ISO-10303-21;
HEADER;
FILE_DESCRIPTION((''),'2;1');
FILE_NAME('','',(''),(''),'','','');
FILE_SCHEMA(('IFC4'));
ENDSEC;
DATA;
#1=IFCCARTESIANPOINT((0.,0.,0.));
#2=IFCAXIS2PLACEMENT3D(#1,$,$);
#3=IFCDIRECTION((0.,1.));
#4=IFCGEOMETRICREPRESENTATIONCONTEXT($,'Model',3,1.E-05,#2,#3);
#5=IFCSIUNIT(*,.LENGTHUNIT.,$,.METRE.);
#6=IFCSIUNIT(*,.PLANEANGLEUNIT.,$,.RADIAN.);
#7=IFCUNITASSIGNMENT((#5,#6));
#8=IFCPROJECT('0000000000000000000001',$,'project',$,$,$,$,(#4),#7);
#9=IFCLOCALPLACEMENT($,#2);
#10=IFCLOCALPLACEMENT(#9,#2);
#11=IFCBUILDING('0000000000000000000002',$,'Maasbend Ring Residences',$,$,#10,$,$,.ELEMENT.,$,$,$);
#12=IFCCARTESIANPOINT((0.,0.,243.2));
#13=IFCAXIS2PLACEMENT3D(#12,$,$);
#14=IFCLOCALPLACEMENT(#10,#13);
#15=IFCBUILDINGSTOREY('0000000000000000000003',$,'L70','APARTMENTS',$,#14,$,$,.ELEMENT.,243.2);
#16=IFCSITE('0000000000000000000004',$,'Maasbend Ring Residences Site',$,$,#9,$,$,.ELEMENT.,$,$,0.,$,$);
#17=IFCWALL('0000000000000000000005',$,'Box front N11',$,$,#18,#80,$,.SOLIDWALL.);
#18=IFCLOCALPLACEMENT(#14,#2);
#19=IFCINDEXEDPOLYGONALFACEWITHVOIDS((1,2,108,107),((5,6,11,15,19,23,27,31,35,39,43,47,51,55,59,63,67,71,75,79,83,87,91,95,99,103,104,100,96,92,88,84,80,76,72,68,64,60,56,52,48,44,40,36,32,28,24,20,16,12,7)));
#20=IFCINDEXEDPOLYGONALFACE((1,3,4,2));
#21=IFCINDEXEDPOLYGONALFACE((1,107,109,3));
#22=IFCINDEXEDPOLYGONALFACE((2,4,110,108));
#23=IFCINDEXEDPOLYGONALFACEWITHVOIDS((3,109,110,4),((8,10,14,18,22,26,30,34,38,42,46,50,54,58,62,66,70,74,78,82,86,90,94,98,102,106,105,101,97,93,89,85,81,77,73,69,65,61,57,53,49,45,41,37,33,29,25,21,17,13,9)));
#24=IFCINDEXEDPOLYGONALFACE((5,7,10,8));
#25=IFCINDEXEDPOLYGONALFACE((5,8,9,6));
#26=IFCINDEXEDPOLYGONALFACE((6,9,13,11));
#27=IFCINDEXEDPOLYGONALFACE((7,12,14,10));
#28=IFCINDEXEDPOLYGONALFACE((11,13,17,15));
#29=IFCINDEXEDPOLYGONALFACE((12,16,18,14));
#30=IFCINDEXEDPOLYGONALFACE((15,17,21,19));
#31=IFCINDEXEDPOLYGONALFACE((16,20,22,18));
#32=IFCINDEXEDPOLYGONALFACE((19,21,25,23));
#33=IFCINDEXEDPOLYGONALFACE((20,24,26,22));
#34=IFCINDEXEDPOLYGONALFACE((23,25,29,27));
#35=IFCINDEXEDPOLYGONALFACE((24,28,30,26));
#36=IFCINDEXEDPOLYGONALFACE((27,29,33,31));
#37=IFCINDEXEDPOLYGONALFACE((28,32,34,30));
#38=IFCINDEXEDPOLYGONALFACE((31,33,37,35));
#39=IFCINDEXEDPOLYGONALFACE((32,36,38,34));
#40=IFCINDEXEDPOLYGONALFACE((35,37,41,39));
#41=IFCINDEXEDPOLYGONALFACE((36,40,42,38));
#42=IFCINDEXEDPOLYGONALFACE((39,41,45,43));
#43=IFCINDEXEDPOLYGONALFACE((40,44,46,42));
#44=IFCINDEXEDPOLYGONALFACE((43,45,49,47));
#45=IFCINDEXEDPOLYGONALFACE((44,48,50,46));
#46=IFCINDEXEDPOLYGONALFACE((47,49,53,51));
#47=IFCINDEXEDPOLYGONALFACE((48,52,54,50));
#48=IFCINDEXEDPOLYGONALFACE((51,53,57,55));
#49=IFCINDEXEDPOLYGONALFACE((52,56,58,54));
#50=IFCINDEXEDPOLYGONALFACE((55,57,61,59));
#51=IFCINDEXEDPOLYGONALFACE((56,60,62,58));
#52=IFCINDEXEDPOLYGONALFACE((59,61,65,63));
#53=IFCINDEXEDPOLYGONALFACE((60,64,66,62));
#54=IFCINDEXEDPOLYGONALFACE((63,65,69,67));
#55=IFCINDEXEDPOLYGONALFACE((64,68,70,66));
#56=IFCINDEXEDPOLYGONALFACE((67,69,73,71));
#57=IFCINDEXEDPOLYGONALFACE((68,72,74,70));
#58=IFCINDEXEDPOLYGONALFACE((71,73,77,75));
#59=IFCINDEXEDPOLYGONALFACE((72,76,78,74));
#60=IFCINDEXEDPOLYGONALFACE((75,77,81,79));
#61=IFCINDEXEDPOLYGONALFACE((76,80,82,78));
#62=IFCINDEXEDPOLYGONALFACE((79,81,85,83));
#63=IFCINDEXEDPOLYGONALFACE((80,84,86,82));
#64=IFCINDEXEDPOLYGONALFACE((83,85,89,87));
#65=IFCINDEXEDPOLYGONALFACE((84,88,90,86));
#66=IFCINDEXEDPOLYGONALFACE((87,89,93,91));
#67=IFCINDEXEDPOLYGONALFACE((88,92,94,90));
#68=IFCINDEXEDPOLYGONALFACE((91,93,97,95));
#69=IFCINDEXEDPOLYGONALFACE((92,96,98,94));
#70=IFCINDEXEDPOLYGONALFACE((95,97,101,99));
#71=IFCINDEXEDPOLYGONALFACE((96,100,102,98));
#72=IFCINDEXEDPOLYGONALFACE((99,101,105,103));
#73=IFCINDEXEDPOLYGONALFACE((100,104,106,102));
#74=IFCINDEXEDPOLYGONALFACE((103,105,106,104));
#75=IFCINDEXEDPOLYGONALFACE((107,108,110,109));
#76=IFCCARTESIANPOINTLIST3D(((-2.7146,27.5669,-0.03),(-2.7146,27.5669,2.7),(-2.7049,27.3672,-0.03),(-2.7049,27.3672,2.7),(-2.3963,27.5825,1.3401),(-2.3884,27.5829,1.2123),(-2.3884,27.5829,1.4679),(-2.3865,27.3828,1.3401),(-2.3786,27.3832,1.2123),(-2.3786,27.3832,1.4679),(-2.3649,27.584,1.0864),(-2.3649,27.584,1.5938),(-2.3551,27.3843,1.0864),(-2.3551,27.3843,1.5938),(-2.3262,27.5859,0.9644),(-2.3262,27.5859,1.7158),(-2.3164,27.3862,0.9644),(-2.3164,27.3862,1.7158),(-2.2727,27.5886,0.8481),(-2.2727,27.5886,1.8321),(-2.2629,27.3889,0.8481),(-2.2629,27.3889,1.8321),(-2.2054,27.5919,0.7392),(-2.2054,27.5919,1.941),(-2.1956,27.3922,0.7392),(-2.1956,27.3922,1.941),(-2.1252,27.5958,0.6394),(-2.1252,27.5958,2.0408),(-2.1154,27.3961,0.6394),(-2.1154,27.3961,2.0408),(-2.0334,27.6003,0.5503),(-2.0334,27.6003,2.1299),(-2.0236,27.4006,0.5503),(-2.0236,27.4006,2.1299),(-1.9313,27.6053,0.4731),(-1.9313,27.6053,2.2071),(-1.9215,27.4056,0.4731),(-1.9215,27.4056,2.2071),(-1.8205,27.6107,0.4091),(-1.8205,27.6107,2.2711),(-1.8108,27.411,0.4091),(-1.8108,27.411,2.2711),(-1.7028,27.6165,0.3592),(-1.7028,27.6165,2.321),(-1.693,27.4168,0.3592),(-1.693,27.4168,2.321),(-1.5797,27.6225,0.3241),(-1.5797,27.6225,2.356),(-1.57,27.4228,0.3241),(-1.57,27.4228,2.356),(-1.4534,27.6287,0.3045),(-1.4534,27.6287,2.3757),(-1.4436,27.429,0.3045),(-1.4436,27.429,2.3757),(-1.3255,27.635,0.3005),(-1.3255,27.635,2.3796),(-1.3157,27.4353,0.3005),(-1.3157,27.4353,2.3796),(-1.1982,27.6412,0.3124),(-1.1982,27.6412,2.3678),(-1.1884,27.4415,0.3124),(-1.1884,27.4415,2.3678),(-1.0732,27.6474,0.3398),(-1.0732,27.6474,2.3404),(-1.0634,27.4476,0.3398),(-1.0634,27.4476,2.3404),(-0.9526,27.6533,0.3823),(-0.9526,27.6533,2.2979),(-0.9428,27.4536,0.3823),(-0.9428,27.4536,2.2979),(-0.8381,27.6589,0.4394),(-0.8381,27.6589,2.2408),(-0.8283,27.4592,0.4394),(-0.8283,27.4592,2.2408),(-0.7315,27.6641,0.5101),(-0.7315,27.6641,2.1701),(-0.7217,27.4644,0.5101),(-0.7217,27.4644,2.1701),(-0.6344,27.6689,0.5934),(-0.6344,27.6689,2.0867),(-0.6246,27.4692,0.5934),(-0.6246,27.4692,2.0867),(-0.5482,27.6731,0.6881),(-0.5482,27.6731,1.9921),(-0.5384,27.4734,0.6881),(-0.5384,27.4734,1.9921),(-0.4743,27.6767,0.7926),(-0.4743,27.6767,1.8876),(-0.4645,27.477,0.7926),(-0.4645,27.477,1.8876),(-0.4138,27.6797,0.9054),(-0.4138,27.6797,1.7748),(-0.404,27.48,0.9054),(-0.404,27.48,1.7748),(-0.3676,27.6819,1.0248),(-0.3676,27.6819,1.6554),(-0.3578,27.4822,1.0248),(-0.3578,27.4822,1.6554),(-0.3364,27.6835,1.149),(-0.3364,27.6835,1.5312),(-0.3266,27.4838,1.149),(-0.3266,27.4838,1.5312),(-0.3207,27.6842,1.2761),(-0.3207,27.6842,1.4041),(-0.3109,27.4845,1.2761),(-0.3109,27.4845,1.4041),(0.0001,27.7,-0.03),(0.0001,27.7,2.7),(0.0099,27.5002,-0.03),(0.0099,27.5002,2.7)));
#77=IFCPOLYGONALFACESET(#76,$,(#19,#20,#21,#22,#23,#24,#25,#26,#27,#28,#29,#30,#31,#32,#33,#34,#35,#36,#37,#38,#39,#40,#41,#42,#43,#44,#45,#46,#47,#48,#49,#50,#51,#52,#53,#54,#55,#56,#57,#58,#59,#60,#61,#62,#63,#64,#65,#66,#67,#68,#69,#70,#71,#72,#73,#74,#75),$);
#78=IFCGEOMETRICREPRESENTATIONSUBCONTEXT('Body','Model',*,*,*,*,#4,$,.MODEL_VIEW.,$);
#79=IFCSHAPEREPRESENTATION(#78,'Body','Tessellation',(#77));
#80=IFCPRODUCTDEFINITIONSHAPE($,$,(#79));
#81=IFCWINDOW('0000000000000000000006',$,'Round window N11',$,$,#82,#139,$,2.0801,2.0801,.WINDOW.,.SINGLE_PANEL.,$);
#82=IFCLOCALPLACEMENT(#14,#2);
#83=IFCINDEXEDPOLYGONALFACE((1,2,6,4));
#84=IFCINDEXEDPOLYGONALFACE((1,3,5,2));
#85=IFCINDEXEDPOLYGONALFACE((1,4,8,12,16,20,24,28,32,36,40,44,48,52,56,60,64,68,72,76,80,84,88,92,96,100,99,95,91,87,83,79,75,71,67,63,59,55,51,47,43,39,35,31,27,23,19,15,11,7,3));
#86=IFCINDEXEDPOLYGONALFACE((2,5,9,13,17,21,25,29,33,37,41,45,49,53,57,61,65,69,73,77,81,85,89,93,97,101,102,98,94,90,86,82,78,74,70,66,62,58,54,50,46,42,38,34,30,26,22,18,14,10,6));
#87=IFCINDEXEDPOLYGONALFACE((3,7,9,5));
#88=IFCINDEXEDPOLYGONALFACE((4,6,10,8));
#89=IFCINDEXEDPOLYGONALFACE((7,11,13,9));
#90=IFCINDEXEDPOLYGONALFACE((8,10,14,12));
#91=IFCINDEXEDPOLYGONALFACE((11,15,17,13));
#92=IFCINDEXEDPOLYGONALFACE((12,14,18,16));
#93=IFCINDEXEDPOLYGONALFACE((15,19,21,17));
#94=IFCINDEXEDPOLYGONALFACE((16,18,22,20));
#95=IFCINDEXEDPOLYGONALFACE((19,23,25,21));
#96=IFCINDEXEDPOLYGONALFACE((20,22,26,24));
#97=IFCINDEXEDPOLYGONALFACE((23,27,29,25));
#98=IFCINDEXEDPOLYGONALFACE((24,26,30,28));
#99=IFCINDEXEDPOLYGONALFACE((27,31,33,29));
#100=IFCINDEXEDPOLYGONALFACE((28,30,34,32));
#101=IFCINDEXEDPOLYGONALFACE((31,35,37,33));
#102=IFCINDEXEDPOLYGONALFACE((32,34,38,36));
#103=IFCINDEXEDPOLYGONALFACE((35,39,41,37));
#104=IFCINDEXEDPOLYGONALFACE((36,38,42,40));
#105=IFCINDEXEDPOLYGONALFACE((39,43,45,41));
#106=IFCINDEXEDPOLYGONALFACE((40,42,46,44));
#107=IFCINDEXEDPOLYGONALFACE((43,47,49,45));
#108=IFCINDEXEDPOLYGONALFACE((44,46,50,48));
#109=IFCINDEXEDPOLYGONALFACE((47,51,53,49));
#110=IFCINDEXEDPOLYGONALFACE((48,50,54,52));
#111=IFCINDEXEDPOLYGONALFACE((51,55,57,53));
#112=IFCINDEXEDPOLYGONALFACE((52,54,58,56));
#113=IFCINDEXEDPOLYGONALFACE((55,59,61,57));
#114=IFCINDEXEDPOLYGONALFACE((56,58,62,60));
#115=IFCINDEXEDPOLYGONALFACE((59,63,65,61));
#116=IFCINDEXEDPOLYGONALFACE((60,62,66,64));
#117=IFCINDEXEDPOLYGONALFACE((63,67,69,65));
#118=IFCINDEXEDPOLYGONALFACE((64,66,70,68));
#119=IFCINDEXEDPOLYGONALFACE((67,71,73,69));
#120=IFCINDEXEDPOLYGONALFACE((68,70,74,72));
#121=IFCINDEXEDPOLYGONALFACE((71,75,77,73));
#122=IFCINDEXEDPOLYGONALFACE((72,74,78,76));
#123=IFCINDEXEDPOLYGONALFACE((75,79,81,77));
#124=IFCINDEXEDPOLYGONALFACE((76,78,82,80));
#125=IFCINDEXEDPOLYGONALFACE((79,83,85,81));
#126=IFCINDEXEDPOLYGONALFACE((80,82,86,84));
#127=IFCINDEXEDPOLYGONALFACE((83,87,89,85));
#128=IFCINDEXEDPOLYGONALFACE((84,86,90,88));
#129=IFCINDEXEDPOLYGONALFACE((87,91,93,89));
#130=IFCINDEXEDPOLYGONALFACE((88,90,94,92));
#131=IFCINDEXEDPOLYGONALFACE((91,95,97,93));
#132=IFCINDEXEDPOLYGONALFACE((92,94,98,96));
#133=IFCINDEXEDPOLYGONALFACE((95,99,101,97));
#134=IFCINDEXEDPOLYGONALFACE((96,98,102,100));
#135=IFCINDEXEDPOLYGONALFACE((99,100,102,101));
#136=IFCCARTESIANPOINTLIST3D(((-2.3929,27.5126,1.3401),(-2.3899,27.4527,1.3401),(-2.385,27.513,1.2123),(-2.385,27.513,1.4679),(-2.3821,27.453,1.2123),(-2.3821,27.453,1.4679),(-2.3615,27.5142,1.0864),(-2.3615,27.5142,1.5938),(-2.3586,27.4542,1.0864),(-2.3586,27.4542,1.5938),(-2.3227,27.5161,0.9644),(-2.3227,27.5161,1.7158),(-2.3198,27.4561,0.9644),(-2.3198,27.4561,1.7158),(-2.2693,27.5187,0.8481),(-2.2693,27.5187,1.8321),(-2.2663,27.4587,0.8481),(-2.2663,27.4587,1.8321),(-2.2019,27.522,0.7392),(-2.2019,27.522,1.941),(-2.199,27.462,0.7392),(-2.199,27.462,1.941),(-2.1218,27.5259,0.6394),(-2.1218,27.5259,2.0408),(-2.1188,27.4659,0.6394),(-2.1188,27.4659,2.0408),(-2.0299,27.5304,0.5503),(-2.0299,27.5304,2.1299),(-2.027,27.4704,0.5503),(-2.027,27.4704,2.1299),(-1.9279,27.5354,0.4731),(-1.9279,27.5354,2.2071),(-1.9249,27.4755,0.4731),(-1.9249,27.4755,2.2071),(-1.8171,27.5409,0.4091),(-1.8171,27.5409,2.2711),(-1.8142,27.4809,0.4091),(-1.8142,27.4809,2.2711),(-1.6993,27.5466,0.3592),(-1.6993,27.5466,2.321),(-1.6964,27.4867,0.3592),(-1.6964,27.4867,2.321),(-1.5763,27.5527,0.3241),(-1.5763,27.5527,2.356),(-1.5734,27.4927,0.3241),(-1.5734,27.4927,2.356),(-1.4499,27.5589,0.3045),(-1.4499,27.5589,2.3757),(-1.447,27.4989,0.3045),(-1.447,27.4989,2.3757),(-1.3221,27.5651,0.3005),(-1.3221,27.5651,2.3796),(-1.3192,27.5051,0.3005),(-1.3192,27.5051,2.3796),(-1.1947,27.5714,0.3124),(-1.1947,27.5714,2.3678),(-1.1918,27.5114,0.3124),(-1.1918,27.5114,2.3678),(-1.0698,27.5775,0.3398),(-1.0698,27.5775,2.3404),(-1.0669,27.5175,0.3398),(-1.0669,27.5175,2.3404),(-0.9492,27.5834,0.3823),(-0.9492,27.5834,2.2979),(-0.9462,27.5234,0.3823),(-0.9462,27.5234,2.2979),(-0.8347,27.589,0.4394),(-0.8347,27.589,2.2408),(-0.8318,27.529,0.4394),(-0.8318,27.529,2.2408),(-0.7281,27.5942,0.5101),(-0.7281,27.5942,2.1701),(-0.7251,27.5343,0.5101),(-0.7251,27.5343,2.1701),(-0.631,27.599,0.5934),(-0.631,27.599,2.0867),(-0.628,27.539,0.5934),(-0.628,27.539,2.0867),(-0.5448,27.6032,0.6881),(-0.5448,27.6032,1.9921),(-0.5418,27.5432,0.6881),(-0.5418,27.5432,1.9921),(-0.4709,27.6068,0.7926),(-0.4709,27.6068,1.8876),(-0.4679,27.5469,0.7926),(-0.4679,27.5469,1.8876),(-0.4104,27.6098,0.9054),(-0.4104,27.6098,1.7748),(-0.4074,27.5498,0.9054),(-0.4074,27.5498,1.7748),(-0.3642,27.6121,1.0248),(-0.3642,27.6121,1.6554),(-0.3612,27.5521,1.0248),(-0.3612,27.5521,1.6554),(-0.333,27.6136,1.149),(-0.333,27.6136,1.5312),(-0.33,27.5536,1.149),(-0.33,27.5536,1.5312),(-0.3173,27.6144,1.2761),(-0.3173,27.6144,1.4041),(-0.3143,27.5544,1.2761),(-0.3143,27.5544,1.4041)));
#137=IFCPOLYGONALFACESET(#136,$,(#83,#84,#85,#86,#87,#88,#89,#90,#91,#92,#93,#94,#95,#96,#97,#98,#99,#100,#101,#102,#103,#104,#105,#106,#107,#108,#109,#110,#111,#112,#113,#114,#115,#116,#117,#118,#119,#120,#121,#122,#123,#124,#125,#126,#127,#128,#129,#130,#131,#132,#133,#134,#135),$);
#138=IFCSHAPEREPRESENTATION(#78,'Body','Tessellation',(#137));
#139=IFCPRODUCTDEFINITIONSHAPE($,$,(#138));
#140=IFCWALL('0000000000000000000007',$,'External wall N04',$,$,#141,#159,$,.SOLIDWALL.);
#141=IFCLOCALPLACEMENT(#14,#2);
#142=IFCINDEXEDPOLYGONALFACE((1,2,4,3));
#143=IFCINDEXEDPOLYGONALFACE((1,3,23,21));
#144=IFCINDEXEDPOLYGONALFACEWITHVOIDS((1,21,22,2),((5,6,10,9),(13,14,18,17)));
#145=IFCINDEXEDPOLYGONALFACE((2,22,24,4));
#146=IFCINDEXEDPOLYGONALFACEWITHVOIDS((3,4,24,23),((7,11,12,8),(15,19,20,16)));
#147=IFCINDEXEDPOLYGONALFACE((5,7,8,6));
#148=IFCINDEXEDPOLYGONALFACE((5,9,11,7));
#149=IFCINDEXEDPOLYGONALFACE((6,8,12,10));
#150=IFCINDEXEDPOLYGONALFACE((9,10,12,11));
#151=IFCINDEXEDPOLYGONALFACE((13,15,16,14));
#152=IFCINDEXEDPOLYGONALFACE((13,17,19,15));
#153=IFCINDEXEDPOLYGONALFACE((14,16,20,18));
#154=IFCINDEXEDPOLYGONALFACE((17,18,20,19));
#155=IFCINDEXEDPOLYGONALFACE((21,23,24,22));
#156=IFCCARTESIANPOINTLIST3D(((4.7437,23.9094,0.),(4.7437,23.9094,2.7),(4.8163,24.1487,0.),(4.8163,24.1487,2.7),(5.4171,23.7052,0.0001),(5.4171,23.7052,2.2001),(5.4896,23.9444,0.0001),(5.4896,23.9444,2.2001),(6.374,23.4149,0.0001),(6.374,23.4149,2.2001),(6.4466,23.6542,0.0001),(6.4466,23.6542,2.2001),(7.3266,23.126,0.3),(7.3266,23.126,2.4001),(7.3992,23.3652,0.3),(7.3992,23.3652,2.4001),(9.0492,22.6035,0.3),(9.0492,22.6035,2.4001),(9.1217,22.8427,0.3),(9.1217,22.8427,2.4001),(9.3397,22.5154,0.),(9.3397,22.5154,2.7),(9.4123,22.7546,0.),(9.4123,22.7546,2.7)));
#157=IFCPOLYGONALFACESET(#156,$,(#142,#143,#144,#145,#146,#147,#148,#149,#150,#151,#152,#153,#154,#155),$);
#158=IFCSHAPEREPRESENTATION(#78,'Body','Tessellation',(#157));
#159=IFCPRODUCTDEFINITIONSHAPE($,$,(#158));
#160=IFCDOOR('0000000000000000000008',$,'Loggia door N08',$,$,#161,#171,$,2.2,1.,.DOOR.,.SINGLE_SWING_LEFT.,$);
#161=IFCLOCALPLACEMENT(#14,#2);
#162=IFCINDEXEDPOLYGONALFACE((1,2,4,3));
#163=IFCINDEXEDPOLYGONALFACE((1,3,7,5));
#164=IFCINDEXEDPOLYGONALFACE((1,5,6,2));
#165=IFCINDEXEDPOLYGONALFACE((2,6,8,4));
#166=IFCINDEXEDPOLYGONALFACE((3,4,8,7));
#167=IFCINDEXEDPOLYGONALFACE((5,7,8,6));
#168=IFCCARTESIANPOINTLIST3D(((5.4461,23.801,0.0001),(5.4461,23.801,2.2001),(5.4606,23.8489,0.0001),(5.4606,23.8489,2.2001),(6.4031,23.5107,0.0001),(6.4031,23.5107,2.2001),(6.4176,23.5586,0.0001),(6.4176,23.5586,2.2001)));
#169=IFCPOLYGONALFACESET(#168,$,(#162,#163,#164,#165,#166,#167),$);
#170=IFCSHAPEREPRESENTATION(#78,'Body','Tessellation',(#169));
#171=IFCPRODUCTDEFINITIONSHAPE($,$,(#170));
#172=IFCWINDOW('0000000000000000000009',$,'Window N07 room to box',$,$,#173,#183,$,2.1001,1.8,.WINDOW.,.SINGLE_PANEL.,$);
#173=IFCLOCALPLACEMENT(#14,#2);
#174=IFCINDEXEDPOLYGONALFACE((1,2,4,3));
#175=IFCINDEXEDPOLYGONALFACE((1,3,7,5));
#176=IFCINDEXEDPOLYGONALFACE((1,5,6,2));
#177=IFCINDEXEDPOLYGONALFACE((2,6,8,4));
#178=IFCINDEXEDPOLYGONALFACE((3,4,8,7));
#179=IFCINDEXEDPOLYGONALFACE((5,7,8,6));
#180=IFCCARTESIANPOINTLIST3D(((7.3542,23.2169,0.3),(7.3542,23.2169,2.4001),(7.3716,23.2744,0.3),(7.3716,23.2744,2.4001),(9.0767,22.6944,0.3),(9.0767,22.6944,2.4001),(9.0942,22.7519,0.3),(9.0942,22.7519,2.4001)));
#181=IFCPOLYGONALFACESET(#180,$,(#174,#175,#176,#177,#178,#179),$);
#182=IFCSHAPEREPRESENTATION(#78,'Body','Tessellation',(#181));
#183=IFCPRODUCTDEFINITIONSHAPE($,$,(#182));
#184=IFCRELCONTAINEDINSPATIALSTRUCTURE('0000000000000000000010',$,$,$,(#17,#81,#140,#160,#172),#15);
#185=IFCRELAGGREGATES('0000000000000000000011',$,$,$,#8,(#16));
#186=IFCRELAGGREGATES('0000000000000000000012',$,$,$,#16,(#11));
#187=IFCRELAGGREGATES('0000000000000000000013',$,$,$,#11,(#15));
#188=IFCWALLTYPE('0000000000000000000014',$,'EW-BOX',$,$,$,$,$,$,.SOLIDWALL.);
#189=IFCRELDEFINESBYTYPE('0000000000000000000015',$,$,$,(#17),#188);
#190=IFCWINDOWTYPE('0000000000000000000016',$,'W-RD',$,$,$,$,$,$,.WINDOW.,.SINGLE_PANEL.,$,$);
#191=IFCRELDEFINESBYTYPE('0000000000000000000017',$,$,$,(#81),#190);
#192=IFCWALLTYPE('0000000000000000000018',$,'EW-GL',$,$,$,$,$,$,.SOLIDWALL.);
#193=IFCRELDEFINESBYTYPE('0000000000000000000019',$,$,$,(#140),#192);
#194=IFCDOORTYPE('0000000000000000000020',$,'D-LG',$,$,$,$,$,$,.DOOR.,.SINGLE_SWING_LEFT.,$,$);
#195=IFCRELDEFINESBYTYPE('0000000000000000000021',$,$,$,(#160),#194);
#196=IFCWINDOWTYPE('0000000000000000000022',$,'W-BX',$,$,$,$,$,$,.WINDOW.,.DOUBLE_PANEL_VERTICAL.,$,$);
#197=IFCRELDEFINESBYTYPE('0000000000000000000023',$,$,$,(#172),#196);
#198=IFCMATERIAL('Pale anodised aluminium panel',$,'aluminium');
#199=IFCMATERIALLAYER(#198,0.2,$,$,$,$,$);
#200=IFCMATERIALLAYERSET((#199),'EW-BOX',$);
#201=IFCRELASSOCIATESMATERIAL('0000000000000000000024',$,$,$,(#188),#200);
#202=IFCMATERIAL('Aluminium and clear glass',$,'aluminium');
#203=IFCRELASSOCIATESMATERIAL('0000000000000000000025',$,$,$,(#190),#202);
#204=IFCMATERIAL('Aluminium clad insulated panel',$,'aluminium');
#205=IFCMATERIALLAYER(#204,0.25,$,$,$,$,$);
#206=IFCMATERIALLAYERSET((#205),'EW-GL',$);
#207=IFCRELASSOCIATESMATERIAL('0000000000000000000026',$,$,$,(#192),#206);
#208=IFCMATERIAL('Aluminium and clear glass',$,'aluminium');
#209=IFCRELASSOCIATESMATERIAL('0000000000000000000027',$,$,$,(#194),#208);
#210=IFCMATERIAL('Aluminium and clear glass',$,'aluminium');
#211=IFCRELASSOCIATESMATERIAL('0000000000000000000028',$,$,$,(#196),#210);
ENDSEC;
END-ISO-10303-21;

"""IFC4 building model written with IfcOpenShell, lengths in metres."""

from ifc_helpers import new_model, si_unit, direction, frame, frame_2d, origin, place, context, subcontext, project, spatial, rectangle, circle, extrude, material, layer, layer_set, type_object, element, fill, save


model = new_model("IFC4")

# Units and contexts
model_context = context("Model", 3, precision=1e-05, world=origin(), true_north=direction((0.0, 1.0)))
body_context = subcontext(model_context, "Body", "Model", "MODEL_VIEW")
ifc_project = project(units=[si_unit("LENGTHUNIT", "METRE"), si_unit("PLANEANGLEUNIT", "RADIAN")], contexts=[model_context])

# Site, building, storey
site_placement = place(None, origin())
site = spatial("IfcSite", under=ifc_project, at=site_placement, Name="Maasbend Ring Residences Site", CompositionType="ELEMENT", RefElevation=0.0)
building_placement = place(site_placement, origin())
building = spatial("IfcBuilding", under=site, at=building_placement, Name="Maasbend Ring Residences", CompositionType="ELEMENT")
storey_placement = place(building_placement, frame((0.0, 0.0, 243.2)))
storey = spatial("IfcBuildingStorey", under=building, at=storey_placement, Name="L70", Description="APARTMENTS", CompositionType="ELEMENT", Elevation=243.2)

# Shared definitions
ifc_material_1 = material(Name="Pale anodised aluminium panel", Category="aluminium")
ifc_layer_1 = layer(ifc_material_1, 0.2)
ifc_layer_set_1 = layer_set([ifc_layer_1], Name="EW-BOX")
wall_type_1 = type_object("IfcWallType", Name="EW-BOX", PredefinedType="SOLIDWALL", material=ifc_layer_set_1)

# Shared definitions
ifc_material_2 = material(Name="Aluminium and clear glass", Category="aluminium")
window_type_1 = type_object("IfcWindowType", Name="W-RD", PartitioningType="SINGLE_PANEL", PredefinedType="WINDOW", material=ifc_material_2)

# Wall, opening, window
wall_1_placement = place(storey_placement, frame((0.0049, 27.6001, -0.03), z_axis=(0.0, 0.0, 1.0), x_axis=(-0.998801, -0.048952, 0.0)))
wall_1 = element("IfcWall", 1, at=wall_1_placement, inside=storey, type_object=wall_type_1, Name="Box front N11", PredefinedType="SOLIDWALL", context=body_context, shape_type="SweptSolid", body=[
    extrude(rectangle(XDim=2.718, YDim=0.2, at=frame_2d((1.3589, 0.0))), origin(), (0.0, 0.0, 1.0), 2.73),
])
opening_1_placement = place(wall_1_placement, frame((0.3191, 0.0, 0.3301)))
opening_1 = element("IfcOpeningElement", 2, at=opening_1_placement, cuts=wall_1, PredefinedType="OPENING", context=body_context, shape_type="SweptSolid", body=[
    extrude(circle(Radius=1.04, at=frame_2d((1.04, 1.04))), frame((0.0, 0.1099, 0.0), z_axis=(0.0, -1.0, 0.0), x_axis=(1.0, 0.0, 0.0)), (0.0, 0.0, 1.0), 0.22),
])
window_1_placement = place(opening_1_placement, origin())
window_1 = element("IfcWindow", 3, at=window_1_placement, inside=storey, type_object=window_type_1, Name="Round window N11", OverallHeight=2.0801, OverallWidth=2.0801, PartitioningType="SINGLE_PANEL", PredefinedType="WINDOW", context=body_context, shape_type="SweptSolid", body=[
    extrude(circle(Radius=1.04, at=frame_2d((1.04, 1.04))), frame((0.0, 0.03, 0.0), z_axis=(0.0, -1.0, 0.0), x_axis=(1.0, 0.0, 0.0)), (0.0, 0.0, 1.0), 0.0601),
])
fill(opening_1, window_1)

# Wall, openings, door, window
ifc_material_3 = material(Name="Aluminium clad insulated panel", Category="aluminium")
ifc_layer_2 = layer(ifc_material_3, 0.25)
ifc_layer_set_2 = layer_set([ifc_layer_2], Name="EW-GL")
wall_type_2 = type_object("IfcWallType", Name="EW-GL", PredefinedType="SOLIDWALL", material=ifc_layer_set_2)
wall_2_placement = place(storey_placement, frame((9.376, 22.635, 0.0), z_axis=(0.0, 0.0, 1.0), x_axis=(-0.956947, 0.290261, 0.0)))
wall_2 = element("IfcWall", 4, at=wall_2_placement, inside=storey, type_object=wall_type_2, Name="External wall N04", PredefinedType="SOLIDWALL", context=body_context, shape_type="SweptSolid", body=[
    extrude(rectangle(XDim=4.8027, YDim=0.25, at=frame_2d((2.4014, 0.0))), origin(), (0.0, 0.0, 1.0), 2.7),
])
opening_2_placement = place(wall_2_placement, frame((0.3037, 0.0, 0.3)))
opening_2 = element("IfcOpeningElement", 5, at=opening_2_placement, cuts=wall_2, PredefinedType="OPENING", context=body_context, shape_type="SweptSolid", body=[
    extrude(rectangle(XDim=1.8, YDim=2.1001, at=frame_2d((0.8999, 1.05))), frame((0.0, 0.135, 0.0), z_axis=(0.0, -1.0, 0.0), x_axis=(1.0, 0.0, 0.0)), (0.0, 0.0, 1.0), 0.27),
])
opening_3_placement = place(wall_2_placement, frame((3.0991, 0.0, 0.0)))
opening_3 = element("IfcOpeningElement", 6, at=opening_3_placement, cuts=wall_2, PredefinedType="OPENING", context=body_context, shape_type="SweptSolid", body=[
    extrude(rectangle(XDim=1.0, YDim=2.2, at=frame_2d((0.5, 1.1001))), frame((0.0, 0.135, 0.0), z_axis=(0.0, -1.0, 0.0), x_axis=(1.0, 0.0, 0.0)), (0.0, 0.0, 1.0), 0.27),
])
ifc_material_4 = material(Name="Aluminium and clear glass", Category="aluminium")
door_type_1 = type_object("IfcDoorType", Name="D-LG", OperationType="SINGLE_SWING_LEFT", PredefinedType="DOOR", material=ifc_material_4)
door_1_placement = place(opening_3_placement, origin())
door_1 = element("IfcDoor", 7, at=door_1_placement, inside=storey, type_object=door_type_1, Name="Loggia door N08", OperationType="SINGLE_SWING_LEFT", OverallHeight=2.2, OverallWidth=1.0, PredefinedType="DOOR", context=body_context, shape_type="SweptSolid", body=[
    extrude(rectangle(XDim=1.0, YDim=2.2, at=frame_2d((0.5, 1.1001))), frame((0.0, 0.0249, 0.0), z_axis=(0.0, -1.0, 0.0), x_axis=(1.0, 0.0, 0.0)), (0.0, 0.0, 1.0), 0.05),
])
fill(opening_3, door_1)
ifc_material_5 = material(Name="Aluminium and clear glass", Category="aluminium")
window_type_2 = type_object("IfcWindowType", Name="W-BX", PartitioningType="DOUBLE_PANEL_VERTICAL", PredefinedType="WINDOW", material=ifc_material_5)
window_2_placement = place(opening_2_placement, origin())
window_2 = element("IfcWindow", 8, at=window_2_placement, inside=storey, type_object=window_type_2, Name="Window N07 room to box", OverallHeight=2.1001, OverallWidth=1.8, PartitioningType="SINGLE_PANEL", PredefinedType="WINDOW", context=body_context, shape_type="SweptSolid", body=[
    extrude(rectangle(XDim=1.8, YDim=2.1001, at=frame_2d((0.8999, 1.05))), frame((0.0, 0.03, 0.0), z_axis=(0.0, -1.0, 0.0), x_axis=(1.0, 0.0, 0.0)), (0.0, 0.0, 1.0), 0.0601),
])
fill(opening_2, window_2)

save(model, "model.ifc")
